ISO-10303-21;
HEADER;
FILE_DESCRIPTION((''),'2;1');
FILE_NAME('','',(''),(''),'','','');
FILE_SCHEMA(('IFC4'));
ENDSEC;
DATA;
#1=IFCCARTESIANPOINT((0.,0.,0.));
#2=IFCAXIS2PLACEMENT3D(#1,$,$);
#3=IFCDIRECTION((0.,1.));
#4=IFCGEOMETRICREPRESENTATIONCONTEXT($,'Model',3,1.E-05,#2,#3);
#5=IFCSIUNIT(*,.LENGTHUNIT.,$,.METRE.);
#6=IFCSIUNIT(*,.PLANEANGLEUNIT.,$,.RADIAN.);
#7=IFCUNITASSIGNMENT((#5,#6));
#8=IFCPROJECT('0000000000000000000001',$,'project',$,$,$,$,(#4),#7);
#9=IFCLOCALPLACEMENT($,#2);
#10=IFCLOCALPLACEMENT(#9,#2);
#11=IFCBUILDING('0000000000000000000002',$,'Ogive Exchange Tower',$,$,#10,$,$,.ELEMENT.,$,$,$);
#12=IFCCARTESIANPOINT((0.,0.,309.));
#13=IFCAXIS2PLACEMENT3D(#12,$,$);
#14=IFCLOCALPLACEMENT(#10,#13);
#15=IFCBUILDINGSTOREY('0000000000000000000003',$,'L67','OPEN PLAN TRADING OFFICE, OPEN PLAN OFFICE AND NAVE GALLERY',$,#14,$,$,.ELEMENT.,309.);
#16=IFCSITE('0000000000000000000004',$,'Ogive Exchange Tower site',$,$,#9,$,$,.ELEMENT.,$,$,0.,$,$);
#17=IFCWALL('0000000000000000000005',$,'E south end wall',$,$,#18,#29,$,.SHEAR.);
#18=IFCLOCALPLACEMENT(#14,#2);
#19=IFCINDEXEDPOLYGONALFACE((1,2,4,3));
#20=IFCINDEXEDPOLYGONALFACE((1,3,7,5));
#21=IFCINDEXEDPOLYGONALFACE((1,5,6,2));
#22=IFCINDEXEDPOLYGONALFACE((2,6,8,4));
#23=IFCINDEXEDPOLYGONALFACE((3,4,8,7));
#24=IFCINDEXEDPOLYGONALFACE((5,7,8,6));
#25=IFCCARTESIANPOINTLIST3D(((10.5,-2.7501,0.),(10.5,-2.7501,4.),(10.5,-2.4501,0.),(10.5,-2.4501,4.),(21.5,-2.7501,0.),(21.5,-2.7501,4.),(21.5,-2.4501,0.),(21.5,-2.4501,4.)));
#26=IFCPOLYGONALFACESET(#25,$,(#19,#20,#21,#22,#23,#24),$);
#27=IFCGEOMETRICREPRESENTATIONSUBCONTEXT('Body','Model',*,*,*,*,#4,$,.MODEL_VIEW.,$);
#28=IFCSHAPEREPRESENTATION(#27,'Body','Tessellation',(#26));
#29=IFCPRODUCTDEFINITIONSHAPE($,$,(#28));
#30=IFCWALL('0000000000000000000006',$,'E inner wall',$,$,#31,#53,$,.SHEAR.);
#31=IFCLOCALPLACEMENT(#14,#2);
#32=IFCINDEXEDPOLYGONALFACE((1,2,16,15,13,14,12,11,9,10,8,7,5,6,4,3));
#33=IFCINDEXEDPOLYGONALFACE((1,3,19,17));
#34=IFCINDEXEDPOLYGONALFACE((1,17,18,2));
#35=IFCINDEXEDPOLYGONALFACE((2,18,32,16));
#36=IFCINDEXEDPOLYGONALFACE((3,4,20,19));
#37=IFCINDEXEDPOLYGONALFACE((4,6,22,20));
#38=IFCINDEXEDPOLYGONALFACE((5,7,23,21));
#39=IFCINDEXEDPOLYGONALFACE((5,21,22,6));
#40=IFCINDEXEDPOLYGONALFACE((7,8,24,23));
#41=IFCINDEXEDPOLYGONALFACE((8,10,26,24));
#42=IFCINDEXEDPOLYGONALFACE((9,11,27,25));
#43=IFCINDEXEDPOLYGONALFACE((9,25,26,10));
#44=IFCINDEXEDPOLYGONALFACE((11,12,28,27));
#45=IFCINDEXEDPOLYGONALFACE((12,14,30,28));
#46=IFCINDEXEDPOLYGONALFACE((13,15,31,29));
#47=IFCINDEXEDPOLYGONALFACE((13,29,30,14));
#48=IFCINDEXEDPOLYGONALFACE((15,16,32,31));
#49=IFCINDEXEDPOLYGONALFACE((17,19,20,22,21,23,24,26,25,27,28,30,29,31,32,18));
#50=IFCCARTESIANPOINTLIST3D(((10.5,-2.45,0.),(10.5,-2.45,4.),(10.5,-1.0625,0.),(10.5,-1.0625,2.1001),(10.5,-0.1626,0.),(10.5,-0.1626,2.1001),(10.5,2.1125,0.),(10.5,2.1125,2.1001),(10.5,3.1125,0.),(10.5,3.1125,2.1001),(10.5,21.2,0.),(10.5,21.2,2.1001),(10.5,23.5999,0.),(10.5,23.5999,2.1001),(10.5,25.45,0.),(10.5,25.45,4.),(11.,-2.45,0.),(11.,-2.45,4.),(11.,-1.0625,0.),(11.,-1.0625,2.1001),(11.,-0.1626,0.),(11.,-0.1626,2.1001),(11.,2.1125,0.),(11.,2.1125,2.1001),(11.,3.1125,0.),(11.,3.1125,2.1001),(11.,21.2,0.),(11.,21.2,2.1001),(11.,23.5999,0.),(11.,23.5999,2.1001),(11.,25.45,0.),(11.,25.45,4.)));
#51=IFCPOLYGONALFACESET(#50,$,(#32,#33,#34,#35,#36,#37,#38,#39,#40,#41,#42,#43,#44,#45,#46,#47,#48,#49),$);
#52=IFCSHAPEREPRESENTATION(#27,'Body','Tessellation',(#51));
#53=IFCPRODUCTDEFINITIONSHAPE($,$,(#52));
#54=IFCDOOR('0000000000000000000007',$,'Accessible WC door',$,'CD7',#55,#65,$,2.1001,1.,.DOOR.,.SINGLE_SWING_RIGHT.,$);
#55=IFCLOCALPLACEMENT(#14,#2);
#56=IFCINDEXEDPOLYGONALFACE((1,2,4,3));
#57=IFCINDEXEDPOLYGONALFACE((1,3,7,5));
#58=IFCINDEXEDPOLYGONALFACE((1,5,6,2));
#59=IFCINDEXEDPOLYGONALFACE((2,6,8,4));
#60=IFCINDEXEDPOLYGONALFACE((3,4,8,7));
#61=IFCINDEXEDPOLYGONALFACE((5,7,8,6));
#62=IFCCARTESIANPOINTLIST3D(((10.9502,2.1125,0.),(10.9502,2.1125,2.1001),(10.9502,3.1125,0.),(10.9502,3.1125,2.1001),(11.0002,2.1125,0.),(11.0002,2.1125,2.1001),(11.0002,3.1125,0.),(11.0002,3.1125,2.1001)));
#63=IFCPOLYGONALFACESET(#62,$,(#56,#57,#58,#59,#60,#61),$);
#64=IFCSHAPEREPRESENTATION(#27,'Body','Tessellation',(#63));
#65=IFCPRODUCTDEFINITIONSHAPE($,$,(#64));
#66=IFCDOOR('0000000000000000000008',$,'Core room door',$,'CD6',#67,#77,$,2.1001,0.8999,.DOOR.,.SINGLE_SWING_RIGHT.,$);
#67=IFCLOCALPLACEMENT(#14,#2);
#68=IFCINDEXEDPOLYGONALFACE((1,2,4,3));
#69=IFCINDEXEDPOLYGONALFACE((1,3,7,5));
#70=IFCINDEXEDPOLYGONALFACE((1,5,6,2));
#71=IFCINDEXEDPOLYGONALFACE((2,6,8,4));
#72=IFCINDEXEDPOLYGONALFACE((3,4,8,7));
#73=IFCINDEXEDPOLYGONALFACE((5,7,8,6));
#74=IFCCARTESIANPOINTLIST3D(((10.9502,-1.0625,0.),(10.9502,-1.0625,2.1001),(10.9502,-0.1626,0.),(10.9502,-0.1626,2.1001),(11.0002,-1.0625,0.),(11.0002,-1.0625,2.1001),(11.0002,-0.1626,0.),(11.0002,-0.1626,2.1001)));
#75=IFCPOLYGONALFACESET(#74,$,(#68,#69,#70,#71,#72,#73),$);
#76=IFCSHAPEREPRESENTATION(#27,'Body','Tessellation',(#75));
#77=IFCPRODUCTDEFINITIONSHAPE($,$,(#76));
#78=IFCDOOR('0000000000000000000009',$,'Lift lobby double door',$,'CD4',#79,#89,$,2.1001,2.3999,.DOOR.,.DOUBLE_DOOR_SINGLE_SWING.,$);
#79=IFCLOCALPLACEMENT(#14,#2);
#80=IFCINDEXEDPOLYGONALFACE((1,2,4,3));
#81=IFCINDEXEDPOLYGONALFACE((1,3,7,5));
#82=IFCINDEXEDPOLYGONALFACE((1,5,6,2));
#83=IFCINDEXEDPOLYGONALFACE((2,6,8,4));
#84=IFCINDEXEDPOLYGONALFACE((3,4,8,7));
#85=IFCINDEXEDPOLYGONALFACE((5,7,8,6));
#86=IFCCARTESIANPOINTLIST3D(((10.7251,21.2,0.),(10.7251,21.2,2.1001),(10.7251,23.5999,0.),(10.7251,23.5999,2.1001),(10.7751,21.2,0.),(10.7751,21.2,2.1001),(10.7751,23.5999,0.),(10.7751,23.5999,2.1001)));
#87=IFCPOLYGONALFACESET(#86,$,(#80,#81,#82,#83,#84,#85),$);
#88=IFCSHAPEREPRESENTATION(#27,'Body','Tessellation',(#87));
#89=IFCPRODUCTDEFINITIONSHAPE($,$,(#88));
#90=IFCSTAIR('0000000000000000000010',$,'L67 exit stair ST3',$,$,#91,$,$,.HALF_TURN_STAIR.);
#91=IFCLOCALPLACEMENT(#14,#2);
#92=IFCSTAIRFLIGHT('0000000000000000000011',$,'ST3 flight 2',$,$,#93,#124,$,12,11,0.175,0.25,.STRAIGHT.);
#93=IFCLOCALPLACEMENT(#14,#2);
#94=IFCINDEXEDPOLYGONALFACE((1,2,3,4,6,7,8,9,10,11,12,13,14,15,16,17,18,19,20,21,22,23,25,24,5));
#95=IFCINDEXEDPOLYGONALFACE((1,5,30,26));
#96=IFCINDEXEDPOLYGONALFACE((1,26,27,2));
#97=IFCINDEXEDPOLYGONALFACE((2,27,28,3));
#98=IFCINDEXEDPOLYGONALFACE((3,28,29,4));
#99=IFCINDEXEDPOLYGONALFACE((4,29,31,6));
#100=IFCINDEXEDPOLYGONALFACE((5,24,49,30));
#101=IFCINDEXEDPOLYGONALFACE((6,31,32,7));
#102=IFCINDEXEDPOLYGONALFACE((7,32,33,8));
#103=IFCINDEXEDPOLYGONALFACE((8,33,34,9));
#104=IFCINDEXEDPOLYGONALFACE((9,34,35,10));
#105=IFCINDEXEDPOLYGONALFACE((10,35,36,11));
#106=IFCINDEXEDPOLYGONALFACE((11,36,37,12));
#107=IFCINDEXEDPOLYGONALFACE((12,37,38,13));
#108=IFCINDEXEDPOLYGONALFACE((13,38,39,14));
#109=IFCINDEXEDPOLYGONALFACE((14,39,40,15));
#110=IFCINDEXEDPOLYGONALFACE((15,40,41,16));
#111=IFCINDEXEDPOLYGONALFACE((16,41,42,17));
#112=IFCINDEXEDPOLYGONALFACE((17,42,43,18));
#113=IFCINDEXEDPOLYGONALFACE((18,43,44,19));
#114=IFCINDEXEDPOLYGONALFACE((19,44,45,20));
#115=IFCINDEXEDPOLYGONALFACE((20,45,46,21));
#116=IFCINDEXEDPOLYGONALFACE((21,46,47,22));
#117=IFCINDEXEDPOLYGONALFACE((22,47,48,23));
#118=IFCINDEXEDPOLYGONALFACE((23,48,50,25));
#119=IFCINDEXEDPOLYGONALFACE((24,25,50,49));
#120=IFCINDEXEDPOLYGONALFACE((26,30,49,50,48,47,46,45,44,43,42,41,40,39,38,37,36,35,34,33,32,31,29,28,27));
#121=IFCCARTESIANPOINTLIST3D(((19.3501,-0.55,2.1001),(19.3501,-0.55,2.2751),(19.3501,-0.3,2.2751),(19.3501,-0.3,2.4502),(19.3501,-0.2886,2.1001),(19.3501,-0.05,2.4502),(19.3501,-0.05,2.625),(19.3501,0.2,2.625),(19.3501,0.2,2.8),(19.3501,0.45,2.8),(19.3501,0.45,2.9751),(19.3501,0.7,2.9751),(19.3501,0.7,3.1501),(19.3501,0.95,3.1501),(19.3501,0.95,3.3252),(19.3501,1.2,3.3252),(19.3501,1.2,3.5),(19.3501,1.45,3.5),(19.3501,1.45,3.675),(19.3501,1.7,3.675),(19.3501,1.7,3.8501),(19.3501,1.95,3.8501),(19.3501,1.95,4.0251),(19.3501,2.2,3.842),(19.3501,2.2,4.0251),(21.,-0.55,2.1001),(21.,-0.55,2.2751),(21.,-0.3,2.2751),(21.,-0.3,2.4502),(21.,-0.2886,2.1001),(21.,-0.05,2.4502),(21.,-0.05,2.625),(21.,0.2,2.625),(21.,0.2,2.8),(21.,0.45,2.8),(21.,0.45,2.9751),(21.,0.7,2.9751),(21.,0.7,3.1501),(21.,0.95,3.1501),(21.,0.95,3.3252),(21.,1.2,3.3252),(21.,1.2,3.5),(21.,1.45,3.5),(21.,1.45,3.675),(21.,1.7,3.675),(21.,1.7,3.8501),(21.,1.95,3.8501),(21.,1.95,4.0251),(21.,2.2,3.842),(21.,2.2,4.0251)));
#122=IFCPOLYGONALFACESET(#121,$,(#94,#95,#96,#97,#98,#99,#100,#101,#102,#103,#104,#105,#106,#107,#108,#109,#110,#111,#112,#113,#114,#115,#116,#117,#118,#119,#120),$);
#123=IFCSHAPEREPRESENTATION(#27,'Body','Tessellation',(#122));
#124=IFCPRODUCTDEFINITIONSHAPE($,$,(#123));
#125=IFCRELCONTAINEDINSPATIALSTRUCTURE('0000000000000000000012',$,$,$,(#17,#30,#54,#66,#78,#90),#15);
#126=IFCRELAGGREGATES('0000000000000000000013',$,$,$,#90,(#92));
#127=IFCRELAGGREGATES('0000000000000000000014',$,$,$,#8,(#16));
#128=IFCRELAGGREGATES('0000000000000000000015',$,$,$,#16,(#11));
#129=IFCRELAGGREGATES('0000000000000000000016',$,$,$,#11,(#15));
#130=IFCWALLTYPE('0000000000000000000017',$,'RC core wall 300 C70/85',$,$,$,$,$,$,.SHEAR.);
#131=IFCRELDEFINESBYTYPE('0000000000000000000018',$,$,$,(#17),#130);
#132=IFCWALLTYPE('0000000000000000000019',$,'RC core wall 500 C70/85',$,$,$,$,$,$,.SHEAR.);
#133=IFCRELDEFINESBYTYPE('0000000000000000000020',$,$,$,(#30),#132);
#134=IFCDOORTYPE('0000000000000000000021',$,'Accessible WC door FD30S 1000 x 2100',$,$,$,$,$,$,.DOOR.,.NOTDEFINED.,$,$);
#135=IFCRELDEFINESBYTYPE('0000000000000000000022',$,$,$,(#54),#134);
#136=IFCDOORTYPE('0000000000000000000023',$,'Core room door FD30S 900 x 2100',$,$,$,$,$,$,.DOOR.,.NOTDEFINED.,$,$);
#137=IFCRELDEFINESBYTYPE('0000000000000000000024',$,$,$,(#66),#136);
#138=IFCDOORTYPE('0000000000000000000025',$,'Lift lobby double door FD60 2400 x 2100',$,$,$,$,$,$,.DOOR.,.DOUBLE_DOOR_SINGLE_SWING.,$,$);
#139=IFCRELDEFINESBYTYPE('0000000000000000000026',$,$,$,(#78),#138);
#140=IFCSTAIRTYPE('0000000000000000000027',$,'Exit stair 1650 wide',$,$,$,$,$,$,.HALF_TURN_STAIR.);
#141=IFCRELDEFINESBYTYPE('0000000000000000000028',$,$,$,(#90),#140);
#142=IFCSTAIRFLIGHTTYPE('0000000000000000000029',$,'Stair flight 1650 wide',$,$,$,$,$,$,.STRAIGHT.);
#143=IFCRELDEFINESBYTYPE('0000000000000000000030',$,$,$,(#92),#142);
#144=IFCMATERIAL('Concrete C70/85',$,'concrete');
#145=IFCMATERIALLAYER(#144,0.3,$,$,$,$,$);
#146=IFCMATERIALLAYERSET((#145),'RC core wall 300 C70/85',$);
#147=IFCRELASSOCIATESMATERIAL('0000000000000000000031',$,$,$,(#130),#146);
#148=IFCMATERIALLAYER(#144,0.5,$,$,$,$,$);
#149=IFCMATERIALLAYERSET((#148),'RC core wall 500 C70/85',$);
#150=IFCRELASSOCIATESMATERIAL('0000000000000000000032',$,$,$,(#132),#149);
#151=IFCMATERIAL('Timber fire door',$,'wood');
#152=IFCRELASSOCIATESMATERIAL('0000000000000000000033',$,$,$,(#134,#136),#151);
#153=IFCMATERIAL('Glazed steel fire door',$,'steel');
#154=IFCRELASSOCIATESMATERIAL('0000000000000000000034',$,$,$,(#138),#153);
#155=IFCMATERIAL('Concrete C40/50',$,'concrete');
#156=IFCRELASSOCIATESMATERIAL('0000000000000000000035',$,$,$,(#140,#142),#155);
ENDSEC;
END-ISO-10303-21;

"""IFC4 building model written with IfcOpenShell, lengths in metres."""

from ifc_helpers import new_model, si_unit, direction, frame, frame_2d, origin, place, context, subcontext, project, spatial, polyline, rectangle, outline, extrude, material, layer, layer_set, type_object, element, fill, aggregate, save


model = new_model("IFC4")

# Units and contexts
model_context = context("Model", 3, precision=1e-05, world=origin(), true_north=direction((0.0, 1.0)))
body_context = subcontext(model_context, "Body", "Model", "MODEL_VIEW")
ifc_project = project(units=[si_unit("LENGTHUNIT", "METRE"), si_unit("PLANEANGLEUNIT", "RADIAN")], contexts=[model_context])

# Site, building, storey
site_placement = place(None, origin())
site = spatial("IfcSite", under=ifc_project, at=site_placement, Name="Ogive Exchange Tower site", CompositionType="ELEMENT", RefElevation=0.0)
building_placement = place(site_placement, origin())
building = spatial("IfcBuilding", under=site, at=building_placement, Name="Ogive Exchange Tower", CompositionType="ELEMENT")
storey_placement = place(building_placement, frame((0.0, 0.0, 309.0)))
storey = spatial("IfcBuildingStorey", under=building, at=storey_placement, Name="L67", Description="OPEN PLAN TRADING OFFICE, OPEN PLAN OFFICE AND NAVE GALLERY", CompositionType="ELEMENT", Elevation=309.0)

# Shared definitions
ifc_material_1 = material(Name="Concrete C70/85", Category="concrete")

# Wall
ifc_layer_1 = layer(ifc_material_1, 0.3)
ifc_layer_set_1 = layer_set([ifc_layer_1], Name="RC core wall 300 C70/85")
wall_type_1 = type_object("IfcWallType", Name="RC core wall 300 C70/85", PredefinedType="SHEAR", material=ifc_layer_set_1)
wall_1_placement = place(storey_placement, frame((10.5, -2.6001, 0.0), z_axis=(0.0, 0.0, 1.0), x_axis=(1.0, 0.0, 0.0)))
element("IfcWall", 1, at=wall_1_placement, inside=storey, type_object=wall_type_1, Name="E south end wall", PredefinedType="SHEAR", context=body_context, shape_type="SweptSolid", body=[
    extrude(rectangle(XDim=11.0, YDim=0.3, at=frame_2d((5.5, 0.0))), origin(), (0.0, 0.0, 1.0), 4.0),
])

# Wall, openings, doors
ifc_layer_2 = layer(ifc_material_1, 0.5)
ifc_layer_set_2 = layer_set([ifc_layer_2], Name="RC core wall 500 C70/85")
wall_type_2 = type_object("IfcWallType", Name="RC core wall 500 C70/85", PredefinedType="SHEAR", material=ifc_layer_set_2)
wall_2_placement = place(storey_placement, frame((10.75, -2.45, 0.0), z_axis=(0.0, 0.0, 1.0), x_axis=(0.0, 1.0, 0.0)))
wall_2 = element("IfcWall", 2, at=wall_2_placement, inside=storey, type_object=wall_type_2, Name="E inner wall", PredefinedType="SHEAR", context=body_context, shape_type="SweptSolid", body=[
    extrude(rectangle(XDim=27.8999, YDim=0.5, at=frame_2d((13.95, 0.0))), origin(), (0.0, 0.0, 1.0), 4.0),
])
opening_1_placement = place(wall_2_placement, frame((23.6499, 0.0, 0.0)))
opening_1 = element("IfcOpeningElement", 3, at=opening_1_placement, cuts=wall_2, PredefinedType="OPENING", context=body_context, shape_type="SweptSolid", body=[
    extrude(rectangle(XDim=2.3999, YDim=2.1001, at=frame_2d((1.2, 1.05))), frame((0.0, 0.26, 0.0), z_axis=(0.0, -1.0, 0.0), x_axis=(1.0, 0.0, 0.0)), (0.0, 0.0, 1.0), 0.52),
])
opening_2_placement = place(wall_2_placement, frame((1.3875, 0.0, 0.0)))
opening_2 = element("IfcOpeningElement", 4, at=opening_2_placement, cuts=wall_2, PredefinedType="OPENING", context=body_context, shape_type="SweptSolid", body=[
    extrude(rectangle(XDim=0.8999, YDim=2.1001, at=frame_2d((0.45, 1.05))), frame((0.0, 0.26, 0.0), z_axis=(0.0, -1.0, 0.0), x_axis=(1.0, 0.0, 0.0)), (0.0, 0.0, 1.0), 0.52),
])
opening_3_placement = place(wall_2_placement, frame((4.5625, 0.0, 0.0)))
opening_3 = element("IfcOpeningElement", 5, at=opening_3_placement, cuts=wall_2, PredefinedType="OPENING", context=body_context, shape_type="SweptSolid", body=[
    extrude(rectangle(XDim=1.0, YDim=2.1001, at=frame_2d((0.5, 1.05))), frame((0.0, 0.26, 0.0), z_axis=(0.0, -1.0, 0.0), x_axis=(1.0, 0.0, 0.0)), (0.0, 0.0, 1.0), 0.52),
])
ifc_material_2 = material(Name="Timber fire door", Category="wood")
door_type_1 = type_object("IfcDoorType", Name="Accessible WC door FD30S 1000 x 2100", OperationType="NOTDEFINED", PredefinedType="DOOR", material=ifc_material_2)
door_1_placement = place(opening_3_placement, origin())
door_1 = element("IfcDoor", 6, at=door_1_placement, inside=storey, type_object=door_type_1, Name="Accessible WC door", ObjectType="CD7", OperationType="SINGLE_SWING_RIGHT", OverallHeight=2.1001, OverallWidth=1.0, PredefinedType="DOOR", context=body_context, shape_type="SweptSolid", body=[
    extrude(rectangle(XDim=1.0, YDim=2.1001, at=frame_2d((0.5, 1.05))), frame((0.0, -0.2002, 0.0), z_axis=(0.0, -1.0, 0.0), x_axis=(1.0, 0.0, 0.0)), (0.0, 0.0, 1.0), 0.05),
])
fill(opening_3, door_1)
door_type_2 = type_object("IfcDoorType", Name="Core room door FD30S 900 x 2100", OperationType="NOTDEFINED", PredefinedType="DOOR", material=ifc_material_2)
door_2_placement = place(opening_2_placement, origin())
door_2 = element("IfcDoor", 7, at=door_2_placement, inside=storey, type_object=door_type_2, Name="Core room door", ObjectType="CD6", OperationType="SINGLE_SWING_RIGHT", OverallHeight=2.1001, OverallWidth=0.8999, PredefinedType="DOOR", context=body_context, shape_type="SweptSolid", body=[
    extrude(rectangle(XDim=0.8999, YDim=2.1001, at=frame_2d((0.45, 1.05))), frame((0.0, -0.2002, 0.0), z_axis=(0.0, -1.0, 0.0), x_axis=(1.0, 0.0, 0.0)), (0.0, 0.0, 1.0), 0.05),
])
fill(opening_2, door_2)
ifc_material_3 = material(Name="Glazed steel fire door", Category="steel")
door_type_3 = type_object("IfcDoorType", Name="Lift lobby double door FD60 2400 x 2100", OperationType="DOUBLE_DOOR_SINGLE_SWING", PredefinedType="DOOR", material=ifc_material_3)
door_3_placement = place(opening_1_placement, origin())
door_3 = element("IfcDoor", 8, at=door_3_placement, inside=storey, type_object=door_type_3, Name="Lift lobby double door", ObjectType="CD4", OperationType="DOUBLE_DOOR_SINGLE_SWING", OverallHeight=2.1001, OverallWidth=2.3999, PredefinedType="DOOR", context=body_context, shape_type="SweptSolid", body=[
    extrude(rectangle(XDim=2.3999, YDim=2.1001, at=frame_2d((1.2, 1.05))), frame((0.0, 0.0249, 0.0), z_axis=(0.0, -1.0, 0.0), x_axis=(1.0, 0.0, 0.0)), (0.0, 0.0, 1.0), 0.05),
])
fill(opening_1, door_3)

# Stair, stair flight
ifc_material_4 = material(Name="Concrete C40/50", Category="concrete")
stair_type = type_object("IfcStairType", Name="Exit stair 1650 wide", PredefinedType="HALF_TURN_STAIR", material=ifc_material_4)
stair_placement = place(storey_placement, origin())
stair = element("IfcStair", 9, at=stair_placement, inside=storey, type_object=stair_type, Name="L67 exit stair ST3", PredefinedType="HALF_TURN_STAIR")
stair_flight_type = type_object("IfcStairFlightType", Name="Stair flight 1650 wide", PredefinedType="STRAIGHT", material=ifc_material_4)
stair_flight_placement = place(storey_placement, frame((20.175, -0.55, 2.1001), z_axis=(0.0, 0.0, 1.0), x_axis=(0.0, 1.0, 0.0)))
stair_flight = element("IfcStairFlight", 10, at=stair_flight_placement, type_object=stair_flight_type, Name="ST3 flight 2", NumberOfRisers=12, NumberOfTreads=11, PredefinedType="STRAIGHT", RiserHeight=0.175, TreadLength=0.25, context=body_context, shape_type="SweptSolid", body=[
    extrude(outline(polyline([(0.0, 0.0), (0.0, 0.175), (0.25, 0.175), (0.25, 0.3501), (0.5, 0.3501), (0.5, 0.5249), (0.75, 0.5249), (0.75, 0.7), (1.0, 0.7), (1.0, 0.875), (1.25, 0.875), (1.25, 1.05), (1.5, 1.05), (1.5, 1.2251), (1.75, 1.2251), (1.75, 1.3999), (2.0, 1.3999), (2.0, 1.575), (2.25, 1.575), (2.25, 1.75), (2.5, 1.75), (2.5, 1.925), (2.75, 1.925), (2.75, 2.1001), (2.75, 1.7419), (0.2615, 0.0), (0.0, 0.0)])), frame((0.0, 0.825, 0.0), z_axis=(0.0, -1.0, 0.0), x_axis=(1.0, 0.0, 0.0)), (0.0, 0.0, 1.0), 1.6499),
])
aggregate(stair, [stair_flight])

save(model, "model.ifc")
